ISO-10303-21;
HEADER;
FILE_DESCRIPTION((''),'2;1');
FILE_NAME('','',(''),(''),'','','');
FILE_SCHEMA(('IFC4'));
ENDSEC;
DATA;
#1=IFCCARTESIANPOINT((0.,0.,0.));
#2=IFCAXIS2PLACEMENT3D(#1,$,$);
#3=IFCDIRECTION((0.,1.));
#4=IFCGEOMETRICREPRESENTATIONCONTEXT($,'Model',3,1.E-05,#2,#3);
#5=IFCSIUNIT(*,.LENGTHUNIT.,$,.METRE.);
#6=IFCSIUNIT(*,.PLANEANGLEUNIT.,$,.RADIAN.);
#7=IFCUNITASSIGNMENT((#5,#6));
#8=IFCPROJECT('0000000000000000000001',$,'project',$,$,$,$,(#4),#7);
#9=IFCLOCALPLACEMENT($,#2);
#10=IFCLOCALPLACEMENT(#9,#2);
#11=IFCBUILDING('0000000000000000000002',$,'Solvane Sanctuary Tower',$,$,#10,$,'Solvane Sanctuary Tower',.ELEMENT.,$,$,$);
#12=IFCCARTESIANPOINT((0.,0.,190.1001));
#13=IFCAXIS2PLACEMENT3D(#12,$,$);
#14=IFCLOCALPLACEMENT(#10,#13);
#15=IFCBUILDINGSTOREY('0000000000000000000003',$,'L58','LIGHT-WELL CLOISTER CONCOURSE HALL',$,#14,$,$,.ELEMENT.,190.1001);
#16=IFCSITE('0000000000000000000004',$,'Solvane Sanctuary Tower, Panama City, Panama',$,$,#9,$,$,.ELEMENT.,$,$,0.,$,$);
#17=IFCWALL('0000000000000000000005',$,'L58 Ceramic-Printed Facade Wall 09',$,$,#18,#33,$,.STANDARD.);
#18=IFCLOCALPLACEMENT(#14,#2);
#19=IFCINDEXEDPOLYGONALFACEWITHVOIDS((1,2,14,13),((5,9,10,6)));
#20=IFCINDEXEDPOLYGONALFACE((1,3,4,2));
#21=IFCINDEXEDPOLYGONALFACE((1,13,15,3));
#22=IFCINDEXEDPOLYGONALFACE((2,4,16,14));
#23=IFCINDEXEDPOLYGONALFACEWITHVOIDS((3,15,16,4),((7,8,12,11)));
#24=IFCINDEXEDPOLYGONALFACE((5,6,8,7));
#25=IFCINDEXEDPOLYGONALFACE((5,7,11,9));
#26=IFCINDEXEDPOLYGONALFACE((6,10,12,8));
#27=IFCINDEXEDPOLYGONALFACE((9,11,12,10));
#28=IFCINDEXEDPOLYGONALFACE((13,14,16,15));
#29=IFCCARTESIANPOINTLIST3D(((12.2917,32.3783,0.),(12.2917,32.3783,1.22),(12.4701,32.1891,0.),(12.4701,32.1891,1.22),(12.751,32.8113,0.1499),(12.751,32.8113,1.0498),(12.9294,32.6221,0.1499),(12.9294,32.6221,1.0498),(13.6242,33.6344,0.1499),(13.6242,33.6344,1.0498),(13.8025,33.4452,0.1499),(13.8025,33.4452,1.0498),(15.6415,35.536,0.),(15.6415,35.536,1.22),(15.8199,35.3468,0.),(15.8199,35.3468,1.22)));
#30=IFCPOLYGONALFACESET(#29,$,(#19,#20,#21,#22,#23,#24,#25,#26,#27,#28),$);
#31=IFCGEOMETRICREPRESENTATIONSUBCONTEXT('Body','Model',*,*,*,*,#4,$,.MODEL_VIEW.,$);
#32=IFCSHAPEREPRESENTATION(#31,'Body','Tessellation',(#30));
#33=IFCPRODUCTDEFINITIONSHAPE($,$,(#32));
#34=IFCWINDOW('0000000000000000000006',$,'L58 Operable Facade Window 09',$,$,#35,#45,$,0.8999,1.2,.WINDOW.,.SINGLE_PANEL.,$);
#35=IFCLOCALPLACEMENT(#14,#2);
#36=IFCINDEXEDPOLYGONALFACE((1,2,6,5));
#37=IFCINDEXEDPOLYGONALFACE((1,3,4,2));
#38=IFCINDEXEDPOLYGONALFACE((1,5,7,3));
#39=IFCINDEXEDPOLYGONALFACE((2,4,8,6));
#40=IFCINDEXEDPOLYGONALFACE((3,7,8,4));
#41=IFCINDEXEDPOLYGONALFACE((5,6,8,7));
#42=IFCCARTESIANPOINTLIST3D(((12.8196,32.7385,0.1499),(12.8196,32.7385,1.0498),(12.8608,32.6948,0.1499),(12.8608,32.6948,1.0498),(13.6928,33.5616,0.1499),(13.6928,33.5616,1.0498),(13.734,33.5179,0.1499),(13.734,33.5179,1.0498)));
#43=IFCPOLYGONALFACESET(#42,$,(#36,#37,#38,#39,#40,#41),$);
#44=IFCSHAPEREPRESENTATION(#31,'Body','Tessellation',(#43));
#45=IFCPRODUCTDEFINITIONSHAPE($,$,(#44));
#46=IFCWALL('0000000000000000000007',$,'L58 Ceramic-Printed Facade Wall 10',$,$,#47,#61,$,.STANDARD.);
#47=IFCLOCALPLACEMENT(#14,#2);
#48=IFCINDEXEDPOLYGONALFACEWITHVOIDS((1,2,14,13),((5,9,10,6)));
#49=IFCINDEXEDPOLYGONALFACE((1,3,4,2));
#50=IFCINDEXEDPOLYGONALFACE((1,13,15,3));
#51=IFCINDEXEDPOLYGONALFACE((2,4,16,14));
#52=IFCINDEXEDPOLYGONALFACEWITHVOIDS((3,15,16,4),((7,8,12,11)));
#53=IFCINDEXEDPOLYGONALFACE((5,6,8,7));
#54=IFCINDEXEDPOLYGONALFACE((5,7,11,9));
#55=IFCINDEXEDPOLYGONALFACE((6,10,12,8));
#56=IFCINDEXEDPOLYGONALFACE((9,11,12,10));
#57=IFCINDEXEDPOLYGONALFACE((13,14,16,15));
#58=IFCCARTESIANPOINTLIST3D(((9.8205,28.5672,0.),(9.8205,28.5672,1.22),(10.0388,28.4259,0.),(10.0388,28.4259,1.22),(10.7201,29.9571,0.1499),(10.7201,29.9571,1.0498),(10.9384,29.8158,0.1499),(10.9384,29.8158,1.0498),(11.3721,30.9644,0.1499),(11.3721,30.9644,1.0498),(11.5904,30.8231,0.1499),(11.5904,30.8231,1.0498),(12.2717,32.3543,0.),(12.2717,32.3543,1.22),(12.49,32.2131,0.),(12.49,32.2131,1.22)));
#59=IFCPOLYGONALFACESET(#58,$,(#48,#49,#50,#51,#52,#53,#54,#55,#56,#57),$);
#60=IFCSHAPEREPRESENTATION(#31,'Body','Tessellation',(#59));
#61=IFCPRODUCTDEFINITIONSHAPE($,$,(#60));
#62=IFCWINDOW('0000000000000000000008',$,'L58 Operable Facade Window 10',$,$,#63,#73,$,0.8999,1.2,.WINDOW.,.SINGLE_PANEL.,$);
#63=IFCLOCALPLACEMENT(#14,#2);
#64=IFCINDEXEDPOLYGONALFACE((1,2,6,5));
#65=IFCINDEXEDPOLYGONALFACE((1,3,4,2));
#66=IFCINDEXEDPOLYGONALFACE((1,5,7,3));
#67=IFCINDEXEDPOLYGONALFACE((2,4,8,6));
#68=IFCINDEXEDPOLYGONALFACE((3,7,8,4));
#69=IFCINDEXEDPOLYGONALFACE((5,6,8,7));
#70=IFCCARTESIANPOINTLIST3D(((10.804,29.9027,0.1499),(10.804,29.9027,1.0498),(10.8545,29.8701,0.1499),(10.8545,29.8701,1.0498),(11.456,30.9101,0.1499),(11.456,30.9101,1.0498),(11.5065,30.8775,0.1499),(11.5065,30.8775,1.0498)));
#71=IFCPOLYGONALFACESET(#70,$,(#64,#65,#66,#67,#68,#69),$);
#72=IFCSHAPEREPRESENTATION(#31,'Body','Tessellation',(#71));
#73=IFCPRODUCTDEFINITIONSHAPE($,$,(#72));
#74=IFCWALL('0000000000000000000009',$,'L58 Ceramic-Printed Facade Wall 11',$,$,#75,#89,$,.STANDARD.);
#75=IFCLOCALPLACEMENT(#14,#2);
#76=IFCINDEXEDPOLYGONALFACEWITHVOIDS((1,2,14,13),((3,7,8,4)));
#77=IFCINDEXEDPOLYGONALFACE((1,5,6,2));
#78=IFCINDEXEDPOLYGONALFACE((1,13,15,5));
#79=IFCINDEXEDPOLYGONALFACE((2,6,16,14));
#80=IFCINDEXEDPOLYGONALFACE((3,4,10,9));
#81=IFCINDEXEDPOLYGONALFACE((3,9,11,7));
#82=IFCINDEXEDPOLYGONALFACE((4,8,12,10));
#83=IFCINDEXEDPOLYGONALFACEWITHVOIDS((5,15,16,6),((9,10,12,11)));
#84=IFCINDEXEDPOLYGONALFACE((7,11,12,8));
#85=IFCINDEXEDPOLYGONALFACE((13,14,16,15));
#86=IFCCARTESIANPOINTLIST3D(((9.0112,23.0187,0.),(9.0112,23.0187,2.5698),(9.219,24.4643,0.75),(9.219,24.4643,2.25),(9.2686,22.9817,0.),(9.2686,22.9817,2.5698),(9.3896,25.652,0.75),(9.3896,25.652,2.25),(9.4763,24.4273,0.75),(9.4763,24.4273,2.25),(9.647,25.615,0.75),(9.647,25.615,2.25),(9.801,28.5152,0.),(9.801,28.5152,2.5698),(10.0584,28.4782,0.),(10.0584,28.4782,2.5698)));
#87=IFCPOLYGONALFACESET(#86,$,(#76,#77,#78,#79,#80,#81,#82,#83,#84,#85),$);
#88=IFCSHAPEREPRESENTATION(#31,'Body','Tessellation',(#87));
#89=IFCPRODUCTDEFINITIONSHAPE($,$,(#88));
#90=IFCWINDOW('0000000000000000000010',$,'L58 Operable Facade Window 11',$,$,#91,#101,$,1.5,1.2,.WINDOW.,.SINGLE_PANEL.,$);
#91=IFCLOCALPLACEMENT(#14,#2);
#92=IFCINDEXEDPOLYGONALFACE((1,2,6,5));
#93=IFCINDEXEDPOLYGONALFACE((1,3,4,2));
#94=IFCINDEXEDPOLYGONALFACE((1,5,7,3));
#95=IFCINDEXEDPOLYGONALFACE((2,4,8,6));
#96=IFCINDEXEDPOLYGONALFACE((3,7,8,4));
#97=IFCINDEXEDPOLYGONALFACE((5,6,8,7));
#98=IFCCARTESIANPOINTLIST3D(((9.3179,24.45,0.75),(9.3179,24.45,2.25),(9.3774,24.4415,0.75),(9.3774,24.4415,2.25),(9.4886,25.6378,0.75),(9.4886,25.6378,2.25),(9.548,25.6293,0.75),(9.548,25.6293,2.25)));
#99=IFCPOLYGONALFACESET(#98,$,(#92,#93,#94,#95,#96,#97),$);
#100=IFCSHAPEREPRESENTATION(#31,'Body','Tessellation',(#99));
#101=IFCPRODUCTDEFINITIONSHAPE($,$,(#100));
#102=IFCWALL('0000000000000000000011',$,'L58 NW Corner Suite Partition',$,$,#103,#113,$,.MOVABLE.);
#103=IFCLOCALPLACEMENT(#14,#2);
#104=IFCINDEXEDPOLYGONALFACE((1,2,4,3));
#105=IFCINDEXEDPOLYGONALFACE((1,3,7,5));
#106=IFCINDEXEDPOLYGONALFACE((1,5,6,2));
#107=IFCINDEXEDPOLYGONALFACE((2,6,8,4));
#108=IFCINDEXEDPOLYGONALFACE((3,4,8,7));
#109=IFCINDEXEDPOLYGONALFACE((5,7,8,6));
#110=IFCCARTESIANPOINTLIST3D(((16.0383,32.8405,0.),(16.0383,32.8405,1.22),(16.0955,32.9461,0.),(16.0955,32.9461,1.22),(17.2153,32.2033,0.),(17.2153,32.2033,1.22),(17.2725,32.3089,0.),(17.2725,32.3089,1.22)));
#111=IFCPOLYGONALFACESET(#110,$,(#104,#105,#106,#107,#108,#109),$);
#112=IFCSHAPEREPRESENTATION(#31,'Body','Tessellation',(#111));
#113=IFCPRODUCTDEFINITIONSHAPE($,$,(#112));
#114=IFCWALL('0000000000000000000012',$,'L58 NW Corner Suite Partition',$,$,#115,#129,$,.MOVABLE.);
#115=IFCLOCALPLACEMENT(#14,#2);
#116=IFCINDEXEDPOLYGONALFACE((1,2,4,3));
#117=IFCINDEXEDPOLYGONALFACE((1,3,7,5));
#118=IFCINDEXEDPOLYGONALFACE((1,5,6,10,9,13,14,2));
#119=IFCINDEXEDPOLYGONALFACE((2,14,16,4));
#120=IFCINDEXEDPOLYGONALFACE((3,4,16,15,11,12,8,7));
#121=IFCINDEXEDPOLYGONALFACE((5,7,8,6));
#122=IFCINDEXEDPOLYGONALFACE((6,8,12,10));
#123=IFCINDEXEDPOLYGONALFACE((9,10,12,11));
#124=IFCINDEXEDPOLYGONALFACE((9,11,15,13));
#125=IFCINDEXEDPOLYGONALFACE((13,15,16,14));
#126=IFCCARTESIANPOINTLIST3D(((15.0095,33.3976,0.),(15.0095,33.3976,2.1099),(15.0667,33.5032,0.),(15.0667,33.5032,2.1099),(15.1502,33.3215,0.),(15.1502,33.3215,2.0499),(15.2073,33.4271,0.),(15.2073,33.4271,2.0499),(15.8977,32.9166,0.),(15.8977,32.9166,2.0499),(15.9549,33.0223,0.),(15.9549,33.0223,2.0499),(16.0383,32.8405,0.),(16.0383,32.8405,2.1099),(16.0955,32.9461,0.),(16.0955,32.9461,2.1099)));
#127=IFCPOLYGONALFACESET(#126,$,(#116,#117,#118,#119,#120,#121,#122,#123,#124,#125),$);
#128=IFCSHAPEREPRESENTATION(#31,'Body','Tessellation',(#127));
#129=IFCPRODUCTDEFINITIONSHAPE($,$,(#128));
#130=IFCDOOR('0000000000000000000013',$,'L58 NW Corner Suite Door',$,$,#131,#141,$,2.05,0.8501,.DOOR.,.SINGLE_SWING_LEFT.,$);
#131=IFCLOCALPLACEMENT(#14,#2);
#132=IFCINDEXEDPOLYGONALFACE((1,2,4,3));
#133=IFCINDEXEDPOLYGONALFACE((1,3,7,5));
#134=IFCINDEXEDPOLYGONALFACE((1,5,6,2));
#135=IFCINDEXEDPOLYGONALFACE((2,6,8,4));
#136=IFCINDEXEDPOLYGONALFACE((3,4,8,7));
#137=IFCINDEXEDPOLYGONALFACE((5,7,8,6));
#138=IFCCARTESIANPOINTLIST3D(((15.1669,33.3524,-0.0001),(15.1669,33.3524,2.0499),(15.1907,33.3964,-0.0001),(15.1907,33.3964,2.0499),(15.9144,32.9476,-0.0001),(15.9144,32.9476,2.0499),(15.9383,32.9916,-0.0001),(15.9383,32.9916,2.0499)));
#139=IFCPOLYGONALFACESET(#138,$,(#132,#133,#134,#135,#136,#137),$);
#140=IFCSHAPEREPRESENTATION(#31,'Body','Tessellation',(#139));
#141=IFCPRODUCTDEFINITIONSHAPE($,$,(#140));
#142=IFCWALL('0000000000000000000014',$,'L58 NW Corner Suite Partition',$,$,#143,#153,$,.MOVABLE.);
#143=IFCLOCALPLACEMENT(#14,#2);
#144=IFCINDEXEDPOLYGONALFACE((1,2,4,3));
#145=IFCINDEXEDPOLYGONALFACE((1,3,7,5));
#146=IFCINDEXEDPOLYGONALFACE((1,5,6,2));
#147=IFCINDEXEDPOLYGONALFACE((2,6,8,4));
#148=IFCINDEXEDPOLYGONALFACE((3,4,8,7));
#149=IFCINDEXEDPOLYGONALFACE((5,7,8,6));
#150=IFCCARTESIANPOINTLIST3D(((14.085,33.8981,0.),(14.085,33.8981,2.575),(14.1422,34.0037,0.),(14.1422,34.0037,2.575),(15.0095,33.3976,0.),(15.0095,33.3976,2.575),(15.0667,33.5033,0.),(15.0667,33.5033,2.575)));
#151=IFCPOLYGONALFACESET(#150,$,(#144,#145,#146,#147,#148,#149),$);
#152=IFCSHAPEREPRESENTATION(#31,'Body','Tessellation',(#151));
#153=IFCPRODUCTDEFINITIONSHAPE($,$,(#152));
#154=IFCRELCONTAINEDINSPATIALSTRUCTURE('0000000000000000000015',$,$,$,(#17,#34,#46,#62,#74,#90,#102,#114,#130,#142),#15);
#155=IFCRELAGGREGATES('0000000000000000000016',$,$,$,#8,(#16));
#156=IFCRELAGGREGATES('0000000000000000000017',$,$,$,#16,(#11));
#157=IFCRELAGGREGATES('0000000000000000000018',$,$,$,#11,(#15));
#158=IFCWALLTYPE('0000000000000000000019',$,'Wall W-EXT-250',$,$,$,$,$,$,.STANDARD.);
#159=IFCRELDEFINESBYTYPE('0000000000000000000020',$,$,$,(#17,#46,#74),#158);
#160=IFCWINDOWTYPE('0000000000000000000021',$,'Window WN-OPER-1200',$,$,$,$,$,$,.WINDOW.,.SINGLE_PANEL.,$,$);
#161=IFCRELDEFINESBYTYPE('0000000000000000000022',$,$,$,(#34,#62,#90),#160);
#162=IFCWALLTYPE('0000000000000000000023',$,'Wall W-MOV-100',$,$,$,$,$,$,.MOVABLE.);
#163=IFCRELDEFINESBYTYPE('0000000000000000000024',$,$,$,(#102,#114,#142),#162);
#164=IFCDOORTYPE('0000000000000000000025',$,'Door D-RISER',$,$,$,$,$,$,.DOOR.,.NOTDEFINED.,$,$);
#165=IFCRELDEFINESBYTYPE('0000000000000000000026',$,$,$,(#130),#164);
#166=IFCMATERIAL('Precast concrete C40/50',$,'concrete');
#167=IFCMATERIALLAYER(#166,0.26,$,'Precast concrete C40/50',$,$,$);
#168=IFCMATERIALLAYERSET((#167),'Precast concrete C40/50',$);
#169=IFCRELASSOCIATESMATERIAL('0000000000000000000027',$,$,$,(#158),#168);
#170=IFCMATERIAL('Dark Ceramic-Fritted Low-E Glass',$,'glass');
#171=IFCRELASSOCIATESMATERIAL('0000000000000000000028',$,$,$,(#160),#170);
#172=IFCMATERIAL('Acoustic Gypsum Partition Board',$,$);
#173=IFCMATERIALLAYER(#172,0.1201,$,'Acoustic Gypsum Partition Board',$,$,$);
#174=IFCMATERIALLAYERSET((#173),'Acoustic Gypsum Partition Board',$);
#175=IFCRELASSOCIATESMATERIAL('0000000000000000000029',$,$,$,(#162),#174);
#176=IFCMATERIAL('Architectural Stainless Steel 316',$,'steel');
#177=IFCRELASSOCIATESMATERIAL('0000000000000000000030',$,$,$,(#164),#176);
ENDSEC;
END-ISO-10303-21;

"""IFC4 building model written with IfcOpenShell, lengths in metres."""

from ifc_helpers import new_model, si_unit, direction, frame, frame_2d, origin, place, context, subcontext, project, spatial, rectangle, extrude, material, layer, layer_set, type_object, element, fill, save


model = new_model("IFC4")

# Units and contexts
model_context = context("Model", 3, precision=1e-05, world=origin(), true_north=direction((0.0, 1.0)))
body_context = subcontext(model_context, "Body", "Model", "MODEL_VIEW")
ifc_project = project(units=[si_unit("LENGTHUNIT", "METRE"), si_unit("PLANEANGLEUNIT", "RADIAN")], contexts=[model_context])

# Site, building, storey
site_placement = place(None, origin())
site = spatial("IfcSite", under=ifc_project, at=site_placement, Name="Solvane Sanctuary Tower, Panama City, Panama", CompositionType="ELEMENT", RefElevation=0.0)
building_placement = place(site_placement, origin())
building = spatial("IfcBuilding", under=site, at=building_placement, Name="Solvane Sanctuary Tower", LongName="Solvane Sanctuary Tower", CompositionType="ELEMENT")
storey_placement = place(building_placement, frame((0.0, 0.0, 190.1001)))
storey = spatial("IfcBuildingStorey", under=building, at=storey_placement, Name="L58", Description="LIGHT-WELL CLOISTER CONCOURSE HALL", CompositionType="ELEMENT", Elevation=190.1001)

# Shared definitions
ifc_material_1 = material(Name="Acoustic Gypsum Partition Board")

# Shared definitions
ifc_material_2 = material(Name="Precast concrete C40/50", Category="concrete")
ifc_layer_1 = layer(ifc_material_2, 0.26, Name="Precast concrete C40/50")
ifc_layer_set_1 = layer_set([ifc_layer_1], Name="Precast concrete C40/50")
wall_type_1 = type_object("IfcWallType", Name="Wall W-EXT-250", PredefinedType="STANDARD", material=ifc_layer_set_1)

# Walls, openings, windows
wall_1_placement = place(storey_placement, frame((15.7307, 35.4414, 0.0), z_axis=(0.0, 0.0, 1.0), x_axis=(-0.727667, -0.68593, 0.0)))
wall_1 = element("IfcWall", 1, at=wall_1_placement, inside=storey, type_object=wall_type_1, Name="L58 Ceramic-Printed Facade Wall 09", PredefinedType="STANDARD", context=body_context, shape_type="SweptSolid", body=[
    extrude(rectangle(XDim=4.6035, YDim=0.26, at=frame_2d((2.3018, 0.0))), origin(), (0.0, 0.0, 1.0), 1.22),
])
opening_1_placement = place(wall_1_placement, frame((2.7722, 0.0, 0.1499)))
opening_1 = element("IfcOpeningElement", 2, at=opening_1_placement, cuts=wall_1, PredefinedType="OPENING", context=body_context, shape_type="SweptSolid", body=[
    extrude(rectangle(XDim=1.2, YDim=0.8999, at=frame_2d((0.6001, 0.45))), frame((0.0, 0.1399, 0.0), z_axis=(0.0, -1.0, 0.0), x_axis=(1.0, 0.0, 0.0)), (0.0, 0.0, 1.0), 0.28),
])
ifc_material_3 = material(Name="Dark Ceramic-Fritted Low-E Glass", Category="glass")
window_type = type_object("IfcWindowType", Name="Window WN-OPER-1200", PartitioningType="SINGLE_PANEL", PredefinedType="WINDOW", material=ifc_material_3)
window_1_placement = place(opening_1_placement, origin())
window_1 = element("IfcWindow", 3, at=window_1_placement, inside=storey, type_object=window_type, Name="L58 Operable Facade Window 09", OverallHeight=0.8999, OverallWidth=1.2, PartitioningType="SINGLE_PANEL", PredefinedType="WINDOW", context=body_context, shape_type="SweptSolid", body=[
    extrude(rectangle(XDim=1.2, YDim=0.8999, at=frame_2d((0.6001, 0.45))), frame((0.0, 0.03, 0.0), z_axis=(0.0, -1.0, 0.0), x_axis=(1.0, 0.0, 0.0)), (0.0, 0.0, 1.0), 0.0601),
])
fill(opening_1, window_1)
wall_2_placement = place(storey_placement, frame((12.3809, 32.2837, 0.0), z_axis=(0.0, 0.0, 1.0), x_axis=(-0.543359, -0.8395, 0.0)))
wall_2 = element("IfcWall", 4, at=wall_2_placement, inside=storey, type_object=wall_type_1, Name="L58 Ceramic-Printed Facade Wall 10", PredefinedType="STANDARD", context=body_context, shape_type="SweptSolid", body=[
    extrude(rectangle(XDim=4.5112, YDim=0.26, at=frame_2d((2.2556, 0.0))), origin(), (0.0, 0.0, 1.0), 1.22),
])
opening_2_placement = place(wall_2_placement, frame((1.6555, 0.0, 0.1499)))
opening_2 = element("IfcOpeningElement", 5, at=opening_2_placement, cuts=wall_2, PredefinedType="OPENING", context=body_context, shape_type="SweptSolid", body=[
    extrude(rectangle(XDim=1.2, YDim=0.8999, at=frame_2d((0.6001, 0.45))), frame((0.0, 0.1399, 0.0), z_axis=(0.0, -1.0, 0.0), x_axis=(1.0, 0.0, 0.0)), (0.0, 0.0, 1.0), 0.28),
])
window_2_placement = place(opening_2_placement, origin())
window_2 = element("IfcWindow", 6, at=window_2_placement, inside=storey, type_object=window_type, Name="L58 Operable Facade Window 10", OverallHeight=0.8999, OverallWidth=1.2, PartitioningType="SINGLE_PANEL", PredefinedType="WINDOW", context=body_context, shape_type="SweptSolid", body=[
    extrude(rectangle(XDim=1.2, YDim=0.8999, at=frame_2d((0.6001, 0.45))), frame((0.0, 0.03, 0.0), z_axis=(0.0, -1.0, 0.0), x_axis=(1.0, 0.0, 0.0)), (0.0, 0.0, 1.0), 0.0601),
])
fill(opening_2, window_2)
wall_3_placement = place(storey_placement, frame((9.9297, 28.4966, 0.0), z_axis=(0.0, 0.0, 1.0), x_axis=(-0.142228, -0.989834, 0.0)))
wall_3 = element("IfcWall", 7, at=wall_3_placement, inside=storey, type_object=wall_type_1, Name="L58 Ceramic-Printed Facade Wall 11", PredefinedType="STANDARD", context=body_context, shape_type="SweptSolid", body=[
    extrude(rectangle(XDim=5.553, YDim=0.26, at=frame_2d((2.7764, 0.0))), origin(), (0.0, 0.0, 1.0), 2.5698),
])
opening_3_placement = place(wall_3_placement, frame((2.8923, 0.0, 0.75)))
opening_3 = element("IfcOpeningElement", 8, at=opening_3_placement, cuts=wall_3, PredefinedType="OPENING", context=body_context, shape_type="SweptSolid", body=[
    extrude(rectangle(XDim=1.2, YDim=1.5, at=frame_2d((0.6001, 0.75))), frame((0.0, 0.1399, 0.0), z_axis=(0.0, -1.0, 0.0), x_axis=(1.0, 0.0, 0.0)), (0.0, 0.0, 1.0), 0.28),
])
window_3_placement = place(opening_3_placement, origin())
window_3 = element("IfcWindow", 9, at=window_3_placement, inside=storey, type_object=window_type, Name="L58 Operable Facade Window 11", OverallHeight=1.5, OverallWidth=1.2, PartitioningType="SINGLE_PANEL", PredefinedType="WINDOW", context=body_context, shape_type="SweptSolid", body=[
    extrude(rectangle(XDim=1.2, YDim=1.5, at=frame_2d((0.6001, 0.75))), frame((0.0, 0.03, 0.0), z_axis=(0.0, -1.0, 0.0), x_axis=(1.0, 0.0, 0.0)), (0.0, 0.0, 1.0), 0.0601),
])
fill(opening_3, window_3)

# Wall
ifc_layer_2 = layer(ifc_material_1, 0.1201, Name="Acoustic Gypsum Partition Board")
ifc_layer_set_2 = layer_set([ifc_layer_2], Name="Acoustic Gypsum Partition Board")
wall_type_2 = type_object("IfcWallType", Name="Wall W-MOV-100", PredefinedType="MOVABLE", material=ifc_layer_set_2)
wall_4_placement = place(storey_placement, frame((17.2439, 32.2561, 0.0), z_axis=(0.0, 0.0, 1.0), x_axis=(-0.879397, 0.476089, 0.0)))
element("IfcWall", 10, at=wall_4_placement, inside=storey, type_object=wall_type_2, Name="L58 NW Corner Suite Partition", PredefinedType="MOVABLE", context=body_context, shape_type="SweptSolid", body=[
    extrude(rectangle(XDim=1.3384, YDim=0.1201, at=frame_2d((0.6692, 0.0))), origin(), (0.0, 0.0, 1.0), 1.22),
])

# Wall, opening, door
wall_5_placement = place(storey_placement, frame((16.0669, 32.8933, 0.0), z_axis=(0.0, 0.0, 1.0), x_axis=(-0.879343, 0.476189, 0.0)))
wall_5 = element("IfcWall", 11, at=wall_5_placement, inside=storey, type_object=wall_type_2, Name="L58 NW Corner Suite Partition", PredefinedType="MOVABLE", context=body_context, shape_type="SweptSolid", body=[
    extrude(rectangle(XDim=1.1699, YDim=0.1201, at=frame_2d((0.585, 0.0))), origin(), (0.0, 0.0, 1.0), 2.1099),
])
opening_4_placement = place(wall_5_placement, frame((0.1599, 0.0, 0.0)))
opening_4 = element("IfcOpeningElement", 12, at=opening_4_placement, cuts=wall_5, PredefinedType="OPENING", context=body_context, shape_type="SweptSolid", body=[
    extrude(rectangle(XDim=0.8501, YDim=2.05, at=frame_2d((0.425, 1.0249))), frame((0.0, 0.0701, 0.0), z_axis=(0.0, -1.0, 0.0), x_axis=(1.0, 0.0, 0.0)), (0.0, 0.0, 1.0), 0.1401),
])
ifc_material_4 = material(Name="Architectural Stainless Steel 316", Category="steel")
door_type_1 = type_object("IfcDoorType", Name="Door D-RISER", OperationType="NOTDEFINED", PredefinedType="DOOR", material=ifc_material_4)
door_1_placement = place(opening_4_placement, origin())
door_1 = element("IfcDoor", 13, at=door_1_placement, inside=storey, type_object=door_type_1, Name="L58 NW Corner Suite Door", OperationType="SINGLE_SWING_LEFT", OverallHeight=2.05, OverallWidth=0.8501, PredefinedType="DOOR", context=body_context, shape_type="SweptSolid", body=[
    extrude(rectangle(XDim=0.8501, YDim=2.05, at=frame_2d((0.425, 1.0249))), frame((0.0, 0.0249, 0.0), z_axis=(0.0, -1.0, 0.0), x_axis=(1.0, 0.0, 0.0)), (0.0, 0.0, 1.0), 0.05),
])
fill(opening_4, door_1)

# Wall
wall_6_placement = place(storey_placement, frame((15.0381, 33.4504, 0.0), z_axis=(0.0, 0.0, 1.0), x_axis=(-0.879418, 0.476051, 0.0)))
element("IfcWall", 14, at=wall_6_placement, inside=storey, type_object=wall_type_2, Name="L58 NW Corner Suite Partition", PredefinedType="MOVABLE", context=body_context, shape_type="SweptSolid", body=[
    extrude(rectangle(XDim=1.0513, YDim=0.1201, at=frame_2d((0.5256, 0.0))), origin(), (0.0, 0.0, 1.0), 2.575),
])

save(model, "model.ifc")
